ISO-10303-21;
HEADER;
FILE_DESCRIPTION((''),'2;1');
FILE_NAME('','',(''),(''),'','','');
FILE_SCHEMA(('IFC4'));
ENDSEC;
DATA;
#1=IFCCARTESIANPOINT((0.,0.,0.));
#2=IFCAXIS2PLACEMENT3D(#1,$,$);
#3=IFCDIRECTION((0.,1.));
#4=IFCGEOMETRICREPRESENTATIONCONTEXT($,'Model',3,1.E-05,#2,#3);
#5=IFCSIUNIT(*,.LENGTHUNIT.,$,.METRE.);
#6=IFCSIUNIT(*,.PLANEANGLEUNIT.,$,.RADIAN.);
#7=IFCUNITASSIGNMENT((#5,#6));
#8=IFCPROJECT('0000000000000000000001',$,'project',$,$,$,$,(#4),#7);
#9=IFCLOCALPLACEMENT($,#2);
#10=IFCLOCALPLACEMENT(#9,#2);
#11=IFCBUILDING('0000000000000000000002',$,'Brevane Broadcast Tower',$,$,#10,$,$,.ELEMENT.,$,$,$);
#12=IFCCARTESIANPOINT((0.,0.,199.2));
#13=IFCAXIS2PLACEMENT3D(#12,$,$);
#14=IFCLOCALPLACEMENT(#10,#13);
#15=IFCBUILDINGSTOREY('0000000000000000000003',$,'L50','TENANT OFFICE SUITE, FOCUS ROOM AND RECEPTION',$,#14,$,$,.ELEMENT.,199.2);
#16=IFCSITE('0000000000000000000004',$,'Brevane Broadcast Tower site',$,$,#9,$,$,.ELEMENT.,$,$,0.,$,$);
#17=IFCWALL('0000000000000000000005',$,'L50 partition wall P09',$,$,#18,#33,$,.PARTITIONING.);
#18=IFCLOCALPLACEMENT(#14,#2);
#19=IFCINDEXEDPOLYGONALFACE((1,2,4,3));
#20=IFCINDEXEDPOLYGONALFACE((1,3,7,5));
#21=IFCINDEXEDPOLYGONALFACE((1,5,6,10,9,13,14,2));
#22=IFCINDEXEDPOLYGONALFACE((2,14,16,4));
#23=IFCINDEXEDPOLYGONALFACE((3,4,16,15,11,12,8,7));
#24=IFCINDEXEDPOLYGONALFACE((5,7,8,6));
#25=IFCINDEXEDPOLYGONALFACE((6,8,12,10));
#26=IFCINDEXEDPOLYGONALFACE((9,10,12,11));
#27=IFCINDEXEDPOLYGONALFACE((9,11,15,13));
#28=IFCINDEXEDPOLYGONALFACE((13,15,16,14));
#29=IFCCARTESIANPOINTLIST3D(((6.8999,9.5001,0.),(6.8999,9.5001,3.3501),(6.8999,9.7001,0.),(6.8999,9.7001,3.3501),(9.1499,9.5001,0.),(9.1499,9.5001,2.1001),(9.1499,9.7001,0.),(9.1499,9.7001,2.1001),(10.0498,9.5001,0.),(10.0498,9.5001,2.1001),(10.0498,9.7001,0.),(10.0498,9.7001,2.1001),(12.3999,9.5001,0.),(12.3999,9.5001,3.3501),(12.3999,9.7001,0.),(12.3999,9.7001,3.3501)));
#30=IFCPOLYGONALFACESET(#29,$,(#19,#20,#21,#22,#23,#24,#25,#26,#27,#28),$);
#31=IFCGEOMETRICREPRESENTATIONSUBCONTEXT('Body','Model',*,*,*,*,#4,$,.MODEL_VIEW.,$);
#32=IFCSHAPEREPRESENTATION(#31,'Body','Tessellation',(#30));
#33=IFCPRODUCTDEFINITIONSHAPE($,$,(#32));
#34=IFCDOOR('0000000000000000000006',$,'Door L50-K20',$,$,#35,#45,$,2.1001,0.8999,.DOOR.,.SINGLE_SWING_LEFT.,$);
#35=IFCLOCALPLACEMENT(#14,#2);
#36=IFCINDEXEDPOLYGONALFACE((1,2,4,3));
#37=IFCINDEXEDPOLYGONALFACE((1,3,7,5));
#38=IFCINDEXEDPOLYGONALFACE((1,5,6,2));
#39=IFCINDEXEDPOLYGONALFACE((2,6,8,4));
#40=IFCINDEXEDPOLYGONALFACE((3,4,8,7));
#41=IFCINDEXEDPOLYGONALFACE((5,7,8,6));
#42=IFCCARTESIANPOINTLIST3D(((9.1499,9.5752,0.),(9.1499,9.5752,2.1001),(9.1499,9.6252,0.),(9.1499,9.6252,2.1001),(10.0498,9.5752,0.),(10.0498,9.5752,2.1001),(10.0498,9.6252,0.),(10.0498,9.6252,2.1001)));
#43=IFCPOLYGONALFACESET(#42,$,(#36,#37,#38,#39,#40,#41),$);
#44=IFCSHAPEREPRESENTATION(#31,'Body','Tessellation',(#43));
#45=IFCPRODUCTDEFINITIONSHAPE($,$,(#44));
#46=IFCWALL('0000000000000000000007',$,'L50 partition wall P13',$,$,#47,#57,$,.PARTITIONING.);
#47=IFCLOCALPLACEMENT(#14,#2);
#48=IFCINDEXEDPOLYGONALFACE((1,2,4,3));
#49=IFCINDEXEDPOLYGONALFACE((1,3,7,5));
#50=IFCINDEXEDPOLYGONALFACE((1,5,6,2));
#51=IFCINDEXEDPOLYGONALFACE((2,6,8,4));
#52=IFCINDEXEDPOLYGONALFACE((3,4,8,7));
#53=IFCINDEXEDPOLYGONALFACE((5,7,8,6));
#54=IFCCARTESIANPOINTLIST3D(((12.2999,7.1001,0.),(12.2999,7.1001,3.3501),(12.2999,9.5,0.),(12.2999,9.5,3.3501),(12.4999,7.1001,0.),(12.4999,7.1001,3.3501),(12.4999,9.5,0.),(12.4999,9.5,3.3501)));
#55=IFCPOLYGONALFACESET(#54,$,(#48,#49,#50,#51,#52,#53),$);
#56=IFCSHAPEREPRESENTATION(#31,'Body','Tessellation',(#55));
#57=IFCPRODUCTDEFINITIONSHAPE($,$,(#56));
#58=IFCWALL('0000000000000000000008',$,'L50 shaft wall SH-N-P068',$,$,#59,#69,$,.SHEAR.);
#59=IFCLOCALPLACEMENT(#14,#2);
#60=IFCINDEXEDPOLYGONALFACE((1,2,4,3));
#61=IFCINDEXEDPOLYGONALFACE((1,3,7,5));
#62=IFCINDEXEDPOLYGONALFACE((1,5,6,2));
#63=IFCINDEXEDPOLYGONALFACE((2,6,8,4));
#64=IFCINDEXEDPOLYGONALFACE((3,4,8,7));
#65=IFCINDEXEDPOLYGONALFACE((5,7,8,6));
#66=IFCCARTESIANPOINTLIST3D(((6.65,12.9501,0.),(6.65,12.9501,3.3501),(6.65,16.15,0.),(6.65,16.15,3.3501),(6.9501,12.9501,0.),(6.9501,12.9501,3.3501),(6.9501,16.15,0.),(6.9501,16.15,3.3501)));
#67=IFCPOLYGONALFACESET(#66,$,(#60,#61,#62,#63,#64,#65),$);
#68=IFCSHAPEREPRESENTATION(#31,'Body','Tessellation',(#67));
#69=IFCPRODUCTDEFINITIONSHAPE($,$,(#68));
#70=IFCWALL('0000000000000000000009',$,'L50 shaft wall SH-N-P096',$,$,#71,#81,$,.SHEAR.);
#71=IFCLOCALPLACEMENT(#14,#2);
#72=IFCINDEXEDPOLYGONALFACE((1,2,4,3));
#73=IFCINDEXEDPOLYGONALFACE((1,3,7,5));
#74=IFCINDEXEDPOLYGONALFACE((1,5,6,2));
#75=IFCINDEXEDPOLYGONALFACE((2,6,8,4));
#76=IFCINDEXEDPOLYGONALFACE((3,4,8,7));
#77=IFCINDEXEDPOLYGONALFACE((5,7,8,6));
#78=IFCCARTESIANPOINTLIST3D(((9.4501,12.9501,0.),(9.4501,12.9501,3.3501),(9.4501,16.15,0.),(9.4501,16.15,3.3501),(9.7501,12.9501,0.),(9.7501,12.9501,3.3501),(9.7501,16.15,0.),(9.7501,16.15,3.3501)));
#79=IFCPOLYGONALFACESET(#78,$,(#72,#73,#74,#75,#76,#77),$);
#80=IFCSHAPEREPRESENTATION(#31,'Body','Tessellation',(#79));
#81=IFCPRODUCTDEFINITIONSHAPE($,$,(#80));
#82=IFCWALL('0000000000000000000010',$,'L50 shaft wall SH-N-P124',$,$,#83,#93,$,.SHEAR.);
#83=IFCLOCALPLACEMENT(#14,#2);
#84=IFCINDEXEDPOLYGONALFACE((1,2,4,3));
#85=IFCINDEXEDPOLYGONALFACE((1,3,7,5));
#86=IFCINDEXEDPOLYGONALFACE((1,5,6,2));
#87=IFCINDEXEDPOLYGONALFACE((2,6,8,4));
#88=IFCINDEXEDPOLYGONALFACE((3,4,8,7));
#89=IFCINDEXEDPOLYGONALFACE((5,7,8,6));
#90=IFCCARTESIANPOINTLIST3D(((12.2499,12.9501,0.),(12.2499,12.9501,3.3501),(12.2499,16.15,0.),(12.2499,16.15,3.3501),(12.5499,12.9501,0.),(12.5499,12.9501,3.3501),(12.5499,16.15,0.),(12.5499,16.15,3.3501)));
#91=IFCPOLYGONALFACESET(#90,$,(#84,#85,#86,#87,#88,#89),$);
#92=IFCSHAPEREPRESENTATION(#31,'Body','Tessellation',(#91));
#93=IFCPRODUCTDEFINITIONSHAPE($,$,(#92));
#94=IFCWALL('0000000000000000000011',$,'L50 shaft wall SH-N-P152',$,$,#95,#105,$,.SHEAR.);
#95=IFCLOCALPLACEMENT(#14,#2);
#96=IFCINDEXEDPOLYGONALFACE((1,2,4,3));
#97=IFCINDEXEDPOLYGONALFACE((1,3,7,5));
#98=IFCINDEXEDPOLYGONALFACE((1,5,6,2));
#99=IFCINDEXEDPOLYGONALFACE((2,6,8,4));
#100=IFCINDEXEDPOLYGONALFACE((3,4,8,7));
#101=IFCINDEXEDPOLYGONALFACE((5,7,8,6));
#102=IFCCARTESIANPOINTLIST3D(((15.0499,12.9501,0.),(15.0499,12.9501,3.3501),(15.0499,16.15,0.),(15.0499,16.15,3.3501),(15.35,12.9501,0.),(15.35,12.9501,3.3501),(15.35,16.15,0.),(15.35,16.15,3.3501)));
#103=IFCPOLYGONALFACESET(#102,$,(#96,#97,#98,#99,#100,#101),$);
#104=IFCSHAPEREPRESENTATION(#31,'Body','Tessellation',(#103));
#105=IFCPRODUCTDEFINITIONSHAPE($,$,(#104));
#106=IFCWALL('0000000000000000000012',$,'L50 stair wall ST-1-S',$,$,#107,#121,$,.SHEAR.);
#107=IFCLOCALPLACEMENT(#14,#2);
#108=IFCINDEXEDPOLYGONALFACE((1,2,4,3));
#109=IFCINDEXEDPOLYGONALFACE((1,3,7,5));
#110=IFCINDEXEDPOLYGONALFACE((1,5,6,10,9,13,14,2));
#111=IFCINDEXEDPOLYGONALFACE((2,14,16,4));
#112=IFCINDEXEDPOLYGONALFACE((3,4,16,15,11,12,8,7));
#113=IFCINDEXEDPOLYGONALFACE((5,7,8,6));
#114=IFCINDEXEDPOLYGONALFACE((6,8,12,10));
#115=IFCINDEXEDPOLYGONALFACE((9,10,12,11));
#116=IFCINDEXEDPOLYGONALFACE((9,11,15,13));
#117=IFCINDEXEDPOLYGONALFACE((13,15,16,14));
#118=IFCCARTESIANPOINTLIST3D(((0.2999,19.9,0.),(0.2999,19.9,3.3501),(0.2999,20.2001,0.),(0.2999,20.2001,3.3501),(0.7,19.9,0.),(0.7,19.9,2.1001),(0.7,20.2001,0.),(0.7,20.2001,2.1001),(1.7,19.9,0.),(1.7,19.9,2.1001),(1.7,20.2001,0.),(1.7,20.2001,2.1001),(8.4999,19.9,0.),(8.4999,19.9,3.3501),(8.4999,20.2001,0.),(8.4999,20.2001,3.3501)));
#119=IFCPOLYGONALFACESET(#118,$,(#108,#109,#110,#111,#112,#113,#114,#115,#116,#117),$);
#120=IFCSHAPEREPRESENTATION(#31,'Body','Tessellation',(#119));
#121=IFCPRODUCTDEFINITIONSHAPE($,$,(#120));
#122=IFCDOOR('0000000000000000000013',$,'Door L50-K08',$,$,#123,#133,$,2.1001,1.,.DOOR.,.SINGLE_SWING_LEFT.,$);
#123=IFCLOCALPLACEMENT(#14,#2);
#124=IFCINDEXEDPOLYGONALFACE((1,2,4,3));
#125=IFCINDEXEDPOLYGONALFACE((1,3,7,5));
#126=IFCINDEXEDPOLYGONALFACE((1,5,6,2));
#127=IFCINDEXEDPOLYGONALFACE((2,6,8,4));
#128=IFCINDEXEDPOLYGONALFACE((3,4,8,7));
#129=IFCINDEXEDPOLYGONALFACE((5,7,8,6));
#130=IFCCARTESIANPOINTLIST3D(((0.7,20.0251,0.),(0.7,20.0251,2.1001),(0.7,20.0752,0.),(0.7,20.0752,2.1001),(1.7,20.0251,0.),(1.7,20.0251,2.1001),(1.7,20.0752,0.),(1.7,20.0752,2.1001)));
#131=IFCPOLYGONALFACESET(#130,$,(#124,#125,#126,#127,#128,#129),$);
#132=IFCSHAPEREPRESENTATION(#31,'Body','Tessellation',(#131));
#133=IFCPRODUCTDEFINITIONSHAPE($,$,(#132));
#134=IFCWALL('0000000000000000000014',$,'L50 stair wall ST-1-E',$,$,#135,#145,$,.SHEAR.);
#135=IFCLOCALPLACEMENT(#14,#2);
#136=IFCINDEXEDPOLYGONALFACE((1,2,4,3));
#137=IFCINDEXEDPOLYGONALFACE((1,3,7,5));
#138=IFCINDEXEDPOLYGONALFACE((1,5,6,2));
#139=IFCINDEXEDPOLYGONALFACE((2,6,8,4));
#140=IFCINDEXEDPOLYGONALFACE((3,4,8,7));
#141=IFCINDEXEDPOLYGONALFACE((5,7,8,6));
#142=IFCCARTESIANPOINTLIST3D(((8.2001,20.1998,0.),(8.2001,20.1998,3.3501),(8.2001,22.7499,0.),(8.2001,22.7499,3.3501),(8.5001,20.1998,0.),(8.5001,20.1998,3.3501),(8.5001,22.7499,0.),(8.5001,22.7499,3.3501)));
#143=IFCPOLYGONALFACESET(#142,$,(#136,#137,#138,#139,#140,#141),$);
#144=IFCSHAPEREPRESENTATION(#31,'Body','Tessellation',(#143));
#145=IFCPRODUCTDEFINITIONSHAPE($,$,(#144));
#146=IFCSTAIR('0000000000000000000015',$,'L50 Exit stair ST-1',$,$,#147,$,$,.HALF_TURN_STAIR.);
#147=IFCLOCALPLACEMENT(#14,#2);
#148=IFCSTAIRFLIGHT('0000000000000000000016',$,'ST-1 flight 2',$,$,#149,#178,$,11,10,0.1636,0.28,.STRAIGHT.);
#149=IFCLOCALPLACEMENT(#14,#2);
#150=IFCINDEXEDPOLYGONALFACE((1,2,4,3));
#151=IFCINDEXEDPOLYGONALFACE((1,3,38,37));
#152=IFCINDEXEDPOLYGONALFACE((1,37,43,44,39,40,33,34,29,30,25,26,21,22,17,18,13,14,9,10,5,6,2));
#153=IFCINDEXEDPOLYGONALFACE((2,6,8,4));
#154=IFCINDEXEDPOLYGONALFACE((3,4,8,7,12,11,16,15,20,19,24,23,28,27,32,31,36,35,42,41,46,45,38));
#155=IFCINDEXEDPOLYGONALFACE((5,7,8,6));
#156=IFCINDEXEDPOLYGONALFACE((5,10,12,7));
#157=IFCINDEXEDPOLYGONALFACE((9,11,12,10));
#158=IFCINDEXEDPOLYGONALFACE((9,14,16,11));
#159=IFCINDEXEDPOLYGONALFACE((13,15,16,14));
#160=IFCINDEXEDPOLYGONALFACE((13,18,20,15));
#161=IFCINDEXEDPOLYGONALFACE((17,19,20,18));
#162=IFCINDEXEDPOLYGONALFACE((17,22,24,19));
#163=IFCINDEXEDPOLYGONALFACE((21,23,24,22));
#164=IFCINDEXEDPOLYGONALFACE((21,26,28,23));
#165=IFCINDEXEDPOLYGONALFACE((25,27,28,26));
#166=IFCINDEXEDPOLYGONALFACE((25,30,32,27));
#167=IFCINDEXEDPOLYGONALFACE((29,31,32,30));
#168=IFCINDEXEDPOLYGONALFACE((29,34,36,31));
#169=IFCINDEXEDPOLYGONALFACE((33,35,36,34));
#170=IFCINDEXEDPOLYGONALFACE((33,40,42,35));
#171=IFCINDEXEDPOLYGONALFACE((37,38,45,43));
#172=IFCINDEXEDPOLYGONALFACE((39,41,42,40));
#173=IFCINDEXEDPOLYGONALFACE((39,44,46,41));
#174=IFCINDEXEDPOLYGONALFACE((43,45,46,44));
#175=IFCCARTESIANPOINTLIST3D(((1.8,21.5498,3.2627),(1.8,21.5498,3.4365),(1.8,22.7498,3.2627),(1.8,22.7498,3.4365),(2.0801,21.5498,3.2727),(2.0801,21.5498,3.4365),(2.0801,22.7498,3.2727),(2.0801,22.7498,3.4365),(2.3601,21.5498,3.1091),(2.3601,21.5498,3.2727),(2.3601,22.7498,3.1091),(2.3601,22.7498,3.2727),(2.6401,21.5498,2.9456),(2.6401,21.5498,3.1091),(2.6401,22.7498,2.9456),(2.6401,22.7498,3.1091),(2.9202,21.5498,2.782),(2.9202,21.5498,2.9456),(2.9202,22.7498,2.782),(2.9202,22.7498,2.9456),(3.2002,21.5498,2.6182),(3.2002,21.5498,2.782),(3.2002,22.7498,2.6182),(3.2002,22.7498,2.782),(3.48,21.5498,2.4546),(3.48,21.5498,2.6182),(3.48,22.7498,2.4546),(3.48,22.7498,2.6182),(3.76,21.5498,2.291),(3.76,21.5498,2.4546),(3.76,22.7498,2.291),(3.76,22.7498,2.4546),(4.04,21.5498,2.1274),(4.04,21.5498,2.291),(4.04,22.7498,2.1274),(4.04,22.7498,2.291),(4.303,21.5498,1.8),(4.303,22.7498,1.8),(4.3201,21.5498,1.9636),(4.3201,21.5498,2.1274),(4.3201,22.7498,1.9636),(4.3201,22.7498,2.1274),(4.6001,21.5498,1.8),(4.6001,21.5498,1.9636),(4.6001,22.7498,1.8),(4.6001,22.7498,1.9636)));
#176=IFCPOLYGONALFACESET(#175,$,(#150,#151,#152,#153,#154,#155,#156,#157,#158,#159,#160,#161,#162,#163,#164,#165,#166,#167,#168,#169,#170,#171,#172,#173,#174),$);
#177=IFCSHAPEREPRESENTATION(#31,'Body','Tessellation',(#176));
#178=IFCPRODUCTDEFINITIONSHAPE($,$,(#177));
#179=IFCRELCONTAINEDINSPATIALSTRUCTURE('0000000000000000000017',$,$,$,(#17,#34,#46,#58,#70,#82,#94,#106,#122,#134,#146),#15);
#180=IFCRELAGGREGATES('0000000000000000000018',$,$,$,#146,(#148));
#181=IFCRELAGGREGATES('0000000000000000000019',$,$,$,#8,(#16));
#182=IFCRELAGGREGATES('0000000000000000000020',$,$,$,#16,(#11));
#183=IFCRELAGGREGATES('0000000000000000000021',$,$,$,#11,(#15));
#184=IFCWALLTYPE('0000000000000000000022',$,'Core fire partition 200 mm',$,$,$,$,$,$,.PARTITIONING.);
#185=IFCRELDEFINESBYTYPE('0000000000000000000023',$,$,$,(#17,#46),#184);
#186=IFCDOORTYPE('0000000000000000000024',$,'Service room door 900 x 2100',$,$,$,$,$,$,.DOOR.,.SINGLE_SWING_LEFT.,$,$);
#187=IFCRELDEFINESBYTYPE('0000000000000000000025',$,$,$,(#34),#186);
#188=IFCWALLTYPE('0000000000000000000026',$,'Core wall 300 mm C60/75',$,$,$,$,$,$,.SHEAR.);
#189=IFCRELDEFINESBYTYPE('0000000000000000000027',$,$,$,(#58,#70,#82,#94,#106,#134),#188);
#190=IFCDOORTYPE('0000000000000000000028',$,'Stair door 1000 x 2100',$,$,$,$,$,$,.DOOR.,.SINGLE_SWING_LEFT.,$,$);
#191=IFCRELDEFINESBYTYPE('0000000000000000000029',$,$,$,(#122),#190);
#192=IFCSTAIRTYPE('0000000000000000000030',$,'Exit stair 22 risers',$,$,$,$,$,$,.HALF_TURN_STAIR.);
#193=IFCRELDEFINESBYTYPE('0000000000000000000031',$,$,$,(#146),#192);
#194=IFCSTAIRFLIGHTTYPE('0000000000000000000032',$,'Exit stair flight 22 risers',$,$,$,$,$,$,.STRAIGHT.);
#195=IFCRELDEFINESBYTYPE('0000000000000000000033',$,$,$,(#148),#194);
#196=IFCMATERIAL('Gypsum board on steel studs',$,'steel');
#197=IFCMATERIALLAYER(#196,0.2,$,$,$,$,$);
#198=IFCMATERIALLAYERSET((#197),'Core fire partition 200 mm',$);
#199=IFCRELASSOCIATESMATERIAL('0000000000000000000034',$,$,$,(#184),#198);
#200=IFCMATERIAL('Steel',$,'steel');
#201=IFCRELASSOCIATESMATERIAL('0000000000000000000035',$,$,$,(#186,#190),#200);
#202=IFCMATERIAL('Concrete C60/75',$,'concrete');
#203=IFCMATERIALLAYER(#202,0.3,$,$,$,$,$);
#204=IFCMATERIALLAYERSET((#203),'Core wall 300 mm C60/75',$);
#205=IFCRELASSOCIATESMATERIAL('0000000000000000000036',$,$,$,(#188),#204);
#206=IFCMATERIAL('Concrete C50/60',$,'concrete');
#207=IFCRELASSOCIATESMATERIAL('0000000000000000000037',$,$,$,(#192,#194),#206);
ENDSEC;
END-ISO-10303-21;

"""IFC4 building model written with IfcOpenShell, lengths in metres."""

from ifc_helpers import new_model, si_unit, direction, frame, frame_2d, origin, place, context, subcontext, project, spatial, polyline, rectangle, outline, extrude, material, layer, layer_set, type_object, element, fill, aggregate, save


model = new_model("IFC4")

# Units and contexts
model_context = context("Model", 3, precision=1e-05, world=origin(), true_north=direction((0.0, 1.0)))
body_context = subcontext(model_context, "Body", "Model", "MODEL_VIEW")
ifc_project = project(units=[si_unit("LENGTHUNIT", "METRE"), si_unit("PLANEANGLEUNIT", "RADIAN")], contexts=[model_context])

# Site, building, storey
site_placement = place(None, origin())
site = spatial("IfcSite", under=ifc_project, at=site_placement, Name="Brevane Broadcast Tower site", CompositionType="ELEMENT", RefElevation=0.0)
building_placement = place(site_placement, origin())
building = spatial("IfcBuilding", under=site, at=building_placement, Name="Brevane Broadcast Tower", CompositionType="ELEMENT")
storey_placement = place(building_placement, frame((0.0, 0.0, 199.2)))
storey = spatial("IfcBuildingStorey", under=building, at=storey_placement, Name="L50", Description="TENANT OFFICE SUITE, FOCUS ROOM AND RECEPTION", CompositionType="ELEMENT", Elevation=199.2)

# Shared definitions
ifc_material_1 = material(Name="Gypsum board on steel studs", Category="steel")
ifc_material_2 = material(Name="Steel", Category="steel")

# Shared definitions
ifc_layer_1 = layer(ifc_material_1, 0.2)
ifc_layer_set_1 = layer_set([ifc_layer_1], Name="Core fire partition 200 mm")
wall_type_1 = type_object("IfcWallType", Name="Core fire partition 200 mm", PredefinedType="PARTITIONING", material=ifc_layer_set_1)

# Wall, opening, door
door_type_1 = type_object("IfcDoorType", Name="Service room door 900 x 2100", OperationType="SINGLE_SWING_LEFT", PredefinedType="DOOR", material=ifc_material_2)
wall_1_placement = place(storey_placement, frame((12.3999, 9.6001, 0.0), z_axis=(0.0, 0.0, 1.0), x_axis=(-1.0, 0.0, 0.0)))
wall_1 = element("IfcWall", 1, at=wall_1_placement, inside=storey, type_object=wall_type_1, Name="L50 partition wall P09", PredefinedType="PARTITIONING", context=body_context, shape_type="SweptSolid", body=[
    extrude(rectangle(XDim=5.5, YDim=0.2, at=frame_2d((2.75, 0.0))), origin(), (0.0, 0.0, 1.0), 3.3501),
])
opening_1_placement = place(wall_1_placement, frame((2.3501, 0.0, 0.0)))
opening_1 = element("IfcOpeningElement", 2, at=opening_1_placement, cuts=wall_1, PredefinedType="OPENING", context=body_context, shape_type="SweptSolid", body=[
    extrude(rectangle(XDim=0.8999, YDim=2.1001, at=frame_2d((0.45, 1.05))), frame((0.0, 0.1099, 0.0), z_axis=(0.0, -1.0, 0.0), x_axis=(1.0, 0.0, 0.0)), (0.0, 0.0, 1.0), 0.22),
])
door_1_placement = place(opening_1_placement, origin())
door_1 = element("IfcDoor", 3, at=door_1_placement, inside=storey, type_object=door_type_1, Name="Door L50-K20", OperationType="SINGLE_SWING_LEFT", OverallHeight=2.1001, OverallWidth=0.8999, PredefinedType="DOOR", context=body_context, shape_type="SweptSolid", body=[
    extrude(rectangle(XDim=0.8999, YDim=2.1001, at=frame_2d((0.45, 1.05))), frame((0.0, 0.0249, 0.0), z_axis=(0.0, -1.0, 0.0), x_axis=(1.0, 0.0, 0.0)), (0.0, 0.0, 1.0), 0.05),
])
fill(opening_1, door_1)

# Walls
wall_2_placement = place(storey_placement, frame((12.3999, 9.5, 0.0), z_axis=(0.0, 0.0, 1.0), x_axis=(0.0, -1.0, 0.0)))
element("IfcWall", 4, at=wall_2_placement, inside=storey, type_object=wall_type_1, Name="L50 partition wall P13", PredefinedType="PARTITIONING", context=body_context, shape_type="SweptSolid", body=[
    extrude(rectangle(XDim=2.3999, YDim=0.2, at=frame_2d((1.2, 0.0))), origin(), (0.0, 0.0, 1.0), 3.3501),
])
ifc_material_3 = material(Name="Concrete C60/75", Category="concrete")
ifc_layer_2 = layer(ifc_material_3, 0.3)
ifc_layer_set_2 = layer_set([ifc_layer_2], Name="Core wall 300 mm C60/75")
wall_type_2 = type_object("IfcWallType", Name="Core wall 300 mm C60/75", PredefinedType="SHEAR", material=ifc_layer_set_2)
for number, where, z_axis, x_axis, name in (
    (5, (6.8, 12.95, 0.0), (0.0, 0.0, 1.0), (0.0, 1.0, 0.0), "L50 shaft wall SH-N-P068"),
    (6, (9.6001, 12.95, 0.0), (0.0, 0.0, 1.0), (0.0, 1.0, 0.0), "L50 shaft wall SH-N-P096"),
    (7, (12.3999, 12.95, 0.0), (0.0, 0.0, 1.0), (0.0, 1.0, 0.0), "L50 shaft wall SH-N-P124"),
    (8, (15.2, 12.95, 0.0), (0.0, 0.0, 1.0), (0.0, 1.0, 0.0), "L50 shaft wall SH-N-P152"),
):
    element("IfcWall", number, at=place(storey_placement, frame(where, z_axis=z_axis, x_axis=x_axis)), inside=storey, type_object=wall_type_2, Name=name, PredefinedType="SHEAR", context=body_context, shape_type="SweptSolid", body=[
        extrude(rectangle(XDim=3.2, YDim=0.3, at=frame_2d((1.6001, 0.0))), origin(), (0.0, 0.0, 1.0), 3.3501),
    ])

# Wall, opening, door
wall_3_placement = place(storey_placement, frame((8.5, 20.05, 0.0), z_axis=(0.0, 0.0, 1.0), x_axis=(-1.0, 0.0, 0.0)))
wall_3 = element("IfcWall", 9, at=wall_3_placement, inside=storey, type_object=wall_type_2, Name="L50 stair wall ST-1-S", PredefinedType="SHEAR", context=body_context, shape_type="SweptSolid", body=[
    extrude(rectangle(XDim=8.2, YDim=0.3, at=frame_2d((4.1001, 0.0))), origin(), (0.0, 0.0, 1.0), 3.3501),
])
opening_2_placement = place(wall_3_placement, frame((6.8, 0.0, 0.0)))
opening_2 = element("IfcOpeningElement", 10, at=opening_2_placement, cuts=wall_3, PredefinedType="OPENING", context=body_context, shape_type="SweptSolid", body=[
    extrude(rectangle(XDim=1.0, YDim=2.1001, at=frame_2d((0.5, 1.05))), frame((0.0, 0.1599, 0.0), z_axis=(0.0, -1.0, 0.0), x_axis=(1.0, 0.0, 0.0)), (0.0, 0.0, 1.0), 0.3201),
])
door_type_2 = type_object("IfcDoorType", Name="Stair door 1000 x 2100", OperationType="SINGLE_SWING_LEFT", PredefinedType="DOOR", material=ifc_material_2)
door_2_placement = place(opening_2_placement, origin())
door_2 = element("IfcDoor", 11, at=door_2_placement, inside=storey, type_object=door_type_2, Name="Door L50-K08", OperationType="SINGLE_SWING_LEFT", OverallHeight=2.1001, OverallWidth=1.0, PredefinedType="DOOR", context=body_context, shape_type="SweptSolid", body=[
    extrude(rectangle(XDim=1.0, YDim=2.1001, at=frame_2d((0.5, 1.05))), frame((0.0, 0.0249, 0.0), z_axis=(0.0, -1.0, 0.0), x_axis=(1.0, 0.0, 0.0)), (0.0, 0.0, 1.0), 0.05),
])
fill(opening_2, door_2)

# Wall
wall_4_placement = place(storey_placement, frame((8.3501, 20.2, 0.0), z_axis=(0.0, 0.0, 1.0), x_axis=(0.0, 1.0, 0.0)))
element("IfcWall", 12, at=wall_4_placement, inside=storey, type_object=wall_type_2, Name="L50 stair wall ST-1-E", PredefinedType="SHEAR", context=body_context, shape_type="SweptSolid", body=[
    extrude(rectangle(XDim=2.55, YDim=0.3, at=frame_2d((1.2749, 0.0))), origin(), (0.0, 0.0, 1.0), 3.3501),
])

# Stair, stair flight
ifc_material_4 = material(Name="Concrete C50/60", Category="concrete")
stair_type = type_object("IfcStairType", Name="Exit stair 22 risers", PredefinedType="HALF_TURN_STAIR", material=ifc_material_4)
stair_placement = place(storey_placement, origin())
stair = element("IfcStair", 13, at=stair_placement, inside=storey, type_object=stair_type, Name="L50 Exit stair ST-1", PredefinedType="HALF_TURN_STAIR")
stair_flight_type = type_object("IfcStairFlightType", Name="Exit stair flight 22 risers", PredefinedType="STRAIGHT", material=ifc_material_4)
stair_flight_placement = place(storey_placement, frame((4.6001, 22.1499, 1.8), z_axis=(0.0, 0.0, 1.0), x_axis=(-1.0, 0.0, 0.0)))
stair_flight = element("IfcStairFlight", 14, at=stair_flight_placement, type_object=stair_flight_type, Name="ST-1 flight 2", NumberOfRisers=11, NumberOfTreads=10, PredefinedType="STRAIGHT", RiserHeight=0.1636, TreadLength=0.28, context=body_context, shape_type="SweptSolid", body=[
    extrude(outline(polyline([(0.0, 0.0), (0.0, 0.1636), (0.28, 0.1636), (0.28, 0.3274), (0.5601, 0.3274), (0.5601, 0.491), (0.8401, 0.491), (0.8401, 0.6545), (1.1201, 0.6545), (1.1201, 0.8181), (1.3999, 0.8181), (1.3999, 0.9819), (1.6799, 0.9819), (1.6799, 1.1455), (1.96, 1.1455), (1.96, 1.3091), (2.24, 1.3091), (2.24, 1.4727), (2.52, 1.4727), (2.52, 1.6365), (2.8, 1.6365), (2.8, 1.8), (2.8, 1.4626), (0.2971, 0.0), (0.0, 0.0)])), frame((0.0, 0.6001, 0.0), z_axis=(0.0, -1.0, 0.0), x_axis=(1.0, 0.0, 0.0)), (0.0, 0.0, 1.0), 1.2),
])
aggregate(stair, [stair_flight])

save(model, "model.ifc")
